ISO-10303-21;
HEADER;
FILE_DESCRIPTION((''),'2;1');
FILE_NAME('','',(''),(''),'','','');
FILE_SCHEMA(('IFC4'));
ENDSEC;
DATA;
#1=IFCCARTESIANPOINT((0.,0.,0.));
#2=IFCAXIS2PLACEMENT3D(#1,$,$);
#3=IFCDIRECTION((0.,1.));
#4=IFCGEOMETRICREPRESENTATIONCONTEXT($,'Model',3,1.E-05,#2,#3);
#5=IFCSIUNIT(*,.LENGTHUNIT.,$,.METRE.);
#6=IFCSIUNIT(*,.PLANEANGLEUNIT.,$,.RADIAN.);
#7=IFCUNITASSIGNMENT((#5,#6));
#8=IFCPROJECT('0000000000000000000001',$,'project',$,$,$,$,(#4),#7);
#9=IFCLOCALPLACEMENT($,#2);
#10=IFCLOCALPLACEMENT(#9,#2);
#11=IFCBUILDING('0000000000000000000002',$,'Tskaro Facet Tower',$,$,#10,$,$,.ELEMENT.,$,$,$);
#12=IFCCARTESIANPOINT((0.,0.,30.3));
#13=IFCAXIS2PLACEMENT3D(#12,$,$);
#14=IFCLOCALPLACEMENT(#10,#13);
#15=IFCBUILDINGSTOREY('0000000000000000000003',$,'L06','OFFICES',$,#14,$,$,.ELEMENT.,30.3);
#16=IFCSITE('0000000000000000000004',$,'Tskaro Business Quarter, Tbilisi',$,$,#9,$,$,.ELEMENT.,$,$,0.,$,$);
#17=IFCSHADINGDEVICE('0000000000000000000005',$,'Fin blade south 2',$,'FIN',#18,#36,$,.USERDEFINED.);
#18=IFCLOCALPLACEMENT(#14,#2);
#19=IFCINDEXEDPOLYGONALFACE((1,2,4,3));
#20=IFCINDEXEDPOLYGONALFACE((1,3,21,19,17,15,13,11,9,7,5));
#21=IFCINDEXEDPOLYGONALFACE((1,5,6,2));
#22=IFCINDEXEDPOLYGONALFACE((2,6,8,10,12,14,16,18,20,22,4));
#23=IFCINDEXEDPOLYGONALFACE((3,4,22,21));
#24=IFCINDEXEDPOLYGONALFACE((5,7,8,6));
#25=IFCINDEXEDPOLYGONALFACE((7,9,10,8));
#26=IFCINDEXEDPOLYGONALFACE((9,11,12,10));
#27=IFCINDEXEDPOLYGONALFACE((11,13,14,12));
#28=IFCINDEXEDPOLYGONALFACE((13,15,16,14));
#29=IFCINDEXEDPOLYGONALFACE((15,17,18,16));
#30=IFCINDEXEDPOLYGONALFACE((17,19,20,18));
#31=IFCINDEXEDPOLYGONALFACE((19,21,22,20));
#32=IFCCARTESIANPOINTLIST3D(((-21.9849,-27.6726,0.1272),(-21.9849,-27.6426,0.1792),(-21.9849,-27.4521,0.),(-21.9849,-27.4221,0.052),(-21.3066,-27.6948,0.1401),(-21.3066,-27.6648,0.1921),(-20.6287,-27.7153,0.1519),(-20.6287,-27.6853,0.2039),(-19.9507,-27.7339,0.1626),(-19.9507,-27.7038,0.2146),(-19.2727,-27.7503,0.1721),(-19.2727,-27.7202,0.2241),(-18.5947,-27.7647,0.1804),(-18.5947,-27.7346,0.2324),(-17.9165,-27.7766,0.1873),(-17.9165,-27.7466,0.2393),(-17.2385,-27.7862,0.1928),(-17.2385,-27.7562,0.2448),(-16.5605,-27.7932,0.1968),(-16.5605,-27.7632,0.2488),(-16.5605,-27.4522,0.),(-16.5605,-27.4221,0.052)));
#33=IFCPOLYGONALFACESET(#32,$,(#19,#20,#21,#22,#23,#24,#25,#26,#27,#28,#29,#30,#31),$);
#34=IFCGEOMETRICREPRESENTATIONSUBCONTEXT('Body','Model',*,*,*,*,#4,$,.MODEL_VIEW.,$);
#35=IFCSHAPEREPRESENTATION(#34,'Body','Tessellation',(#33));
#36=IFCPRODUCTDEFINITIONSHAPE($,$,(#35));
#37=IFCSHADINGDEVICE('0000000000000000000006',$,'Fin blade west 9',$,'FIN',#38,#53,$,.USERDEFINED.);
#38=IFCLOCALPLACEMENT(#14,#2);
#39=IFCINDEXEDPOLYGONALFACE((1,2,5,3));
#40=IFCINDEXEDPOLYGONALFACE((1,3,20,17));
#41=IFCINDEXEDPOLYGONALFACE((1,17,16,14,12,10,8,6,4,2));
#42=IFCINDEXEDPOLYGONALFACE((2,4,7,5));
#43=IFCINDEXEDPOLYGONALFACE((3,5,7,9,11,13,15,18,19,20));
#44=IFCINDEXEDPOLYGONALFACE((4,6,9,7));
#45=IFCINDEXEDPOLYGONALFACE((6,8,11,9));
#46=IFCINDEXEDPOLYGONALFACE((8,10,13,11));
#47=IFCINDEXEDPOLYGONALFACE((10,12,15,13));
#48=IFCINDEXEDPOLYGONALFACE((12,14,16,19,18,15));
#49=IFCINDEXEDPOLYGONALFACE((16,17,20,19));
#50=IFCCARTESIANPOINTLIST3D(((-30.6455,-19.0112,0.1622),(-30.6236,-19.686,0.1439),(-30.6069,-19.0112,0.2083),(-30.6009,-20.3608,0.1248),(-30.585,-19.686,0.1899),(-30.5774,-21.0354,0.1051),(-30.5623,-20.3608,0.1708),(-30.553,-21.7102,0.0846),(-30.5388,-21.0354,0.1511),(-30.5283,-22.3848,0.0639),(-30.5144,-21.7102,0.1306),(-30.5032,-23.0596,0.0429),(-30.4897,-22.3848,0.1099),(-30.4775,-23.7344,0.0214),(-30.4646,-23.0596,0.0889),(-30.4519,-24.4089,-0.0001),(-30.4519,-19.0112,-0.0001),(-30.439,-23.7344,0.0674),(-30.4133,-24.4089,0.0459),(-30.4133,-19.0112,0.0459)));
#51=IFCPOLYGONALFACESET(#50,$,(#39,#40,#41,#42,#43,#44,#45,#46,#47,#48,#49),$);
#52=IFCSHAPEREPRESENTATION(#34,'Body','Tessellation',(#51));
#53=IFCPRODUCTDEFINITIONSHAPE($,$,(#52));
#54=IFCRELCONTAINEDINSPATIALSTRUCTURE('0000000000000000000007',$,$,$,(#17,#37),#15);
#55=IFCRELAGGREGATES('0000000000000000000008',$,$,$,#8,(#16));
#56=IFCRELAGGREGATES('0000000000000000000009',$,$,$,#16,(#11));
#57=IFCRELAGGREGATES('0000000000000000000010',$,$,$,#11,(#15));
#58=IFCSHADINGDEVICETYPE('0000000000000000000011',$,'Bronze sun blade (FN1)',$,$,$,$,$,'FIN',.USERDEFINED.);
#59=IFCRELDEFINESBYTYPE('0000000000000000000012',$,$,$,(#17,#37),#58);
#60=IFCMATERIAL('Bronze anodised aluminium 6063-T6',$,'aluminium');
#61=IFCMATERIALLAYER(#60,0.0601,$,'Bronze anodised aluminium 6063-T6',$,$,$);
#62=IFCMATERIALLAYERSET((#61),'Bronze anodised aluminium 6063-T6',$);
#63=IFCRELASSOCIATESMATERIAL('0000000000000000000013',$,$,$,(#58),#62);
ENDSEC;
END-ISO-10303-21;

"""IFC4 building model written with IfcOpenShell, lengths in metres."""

from ifc_helpers import new_model, si_unit, direction, frame, origin, place, context, subcontext, project, spatial, polyline, outline, extrude, material, layer, layer_set, type_object, element, save


model = new_model("IFC4")

# Units and contexts
model_context = context("Model", 3, precision=1e-05, world=origin(), true_north=direction((0.0, 1.0)))
body_context = subcontext(model_context, "Body", "Model", "MODEL_VIEW")
ifc_project = project(units=[si_unit("LENGTHUNIT", "METRE"), si_unit("PLANEANGLEUNIT", "RADIAN")], contexts=[model_context])

# Site, building, storey
site_placement = place(None, origin())
site = spatial("IfcSite", under=ifc_project, at=site_placement, Name="Tskaro Business Quarter, Tbilisi", CompositionType="ELEMENT", RefElevation=0.0)
building_placement = place(site_placement, origin())
building = spatial("IfcBuilding", under=site, at=building_placement, Name="Tskaro Facet Tower", CompositionType="ELEMENT")
storey_placement = place(building_placement, frame((0.0, 0.0, 30.3)))
storey = spatial("IfcBuildingStorey", under=building, at=storey_placement, Name="L06", Description="OFFICES", CompositionType="ELEMENT", Elevation=30.3)

# Shared definitions
ifc_material_1 = material(Name="Bronze anodised aluminium 6063-T6", Category="aluminium")

# Shading devices
ifc_layer_1 = layer(ifc_material_1, 0.0601, Name="Bronze anodised aluminium 6063-T6")
ifc_layer_set_1 = layer_set([ifc_layer_1], Name="Bronze anodised aluminium 6063-T6")
shading_device_type = type_object("IfcShadingDeviceType", Name="Bronze sun blade (FN1)", ElementType="FIN", PredefinedType="USERDEFINED", material=ifc_layer_set_1)
shading_device_1_placement = place(storey_placement, frame((-21.9849, -27.4221, 0.052), z_axis=(0.000005, 0.499929, 0.866067), x_axis=(1.0, -0.000003, -0.000005)))
element("IfcShadingDevice", 1, at=shading_device_1_placement, inside=storey, type_object=shading_device_type, Name="Fin blade south 2", ObjectType="FIN", PredefinedType="USERDEFINED", context=body_context, shape_type="SweptSolid", body=[
    extrude(outline(polyline([(0.0, 0.0), (5.4243, 0.0), (5.4243, -0.3938), (4.7463, -0.3857), (4.0684, -0.3746), (3.3901, -0.3608), (2.7122, -0.3442), (2.0342, -0.3253), (1.3562, -0.3039), (0.6782, -0.2802), (0.0, -0.2545), (0.0, 0.0)])), origin(), (0.0, 0.0, -1.0), 0.0601),
])
shading_device_2_placement = place(storey_placement, frame((-30.4133, -19.0112, 0.0459), z_axis=(0.64257, 0.0, 0.766227), x_axis=(0.0, -1.0, 0.0)))
element("IfcShadingDevice", 2, at=shading_device_2_placement, inside=storey, type_object=shading_device_type, Name="Fin blade west 9", ObjectType="FIN", PredefinedType="USERDEFINED", context=body_context, shape_type="SweptSolid", body=[
    extrude(outline(polyline([(0.0, 0.0), (5.3977, 0.0), (4.7231, -0.0334), (4.0483, -0.0669), (3.3735, -0.0997), (2.699, -0.1319), (2.0242, -0.1638), (1.3496, -0.1944), (0.6748, -0.2241), (0.0, -0.2527), (0.0, 0.0)])), origin(), (0.0, 0.0, -1.0), 0.0601),
])

save(model, "model.ifc")
